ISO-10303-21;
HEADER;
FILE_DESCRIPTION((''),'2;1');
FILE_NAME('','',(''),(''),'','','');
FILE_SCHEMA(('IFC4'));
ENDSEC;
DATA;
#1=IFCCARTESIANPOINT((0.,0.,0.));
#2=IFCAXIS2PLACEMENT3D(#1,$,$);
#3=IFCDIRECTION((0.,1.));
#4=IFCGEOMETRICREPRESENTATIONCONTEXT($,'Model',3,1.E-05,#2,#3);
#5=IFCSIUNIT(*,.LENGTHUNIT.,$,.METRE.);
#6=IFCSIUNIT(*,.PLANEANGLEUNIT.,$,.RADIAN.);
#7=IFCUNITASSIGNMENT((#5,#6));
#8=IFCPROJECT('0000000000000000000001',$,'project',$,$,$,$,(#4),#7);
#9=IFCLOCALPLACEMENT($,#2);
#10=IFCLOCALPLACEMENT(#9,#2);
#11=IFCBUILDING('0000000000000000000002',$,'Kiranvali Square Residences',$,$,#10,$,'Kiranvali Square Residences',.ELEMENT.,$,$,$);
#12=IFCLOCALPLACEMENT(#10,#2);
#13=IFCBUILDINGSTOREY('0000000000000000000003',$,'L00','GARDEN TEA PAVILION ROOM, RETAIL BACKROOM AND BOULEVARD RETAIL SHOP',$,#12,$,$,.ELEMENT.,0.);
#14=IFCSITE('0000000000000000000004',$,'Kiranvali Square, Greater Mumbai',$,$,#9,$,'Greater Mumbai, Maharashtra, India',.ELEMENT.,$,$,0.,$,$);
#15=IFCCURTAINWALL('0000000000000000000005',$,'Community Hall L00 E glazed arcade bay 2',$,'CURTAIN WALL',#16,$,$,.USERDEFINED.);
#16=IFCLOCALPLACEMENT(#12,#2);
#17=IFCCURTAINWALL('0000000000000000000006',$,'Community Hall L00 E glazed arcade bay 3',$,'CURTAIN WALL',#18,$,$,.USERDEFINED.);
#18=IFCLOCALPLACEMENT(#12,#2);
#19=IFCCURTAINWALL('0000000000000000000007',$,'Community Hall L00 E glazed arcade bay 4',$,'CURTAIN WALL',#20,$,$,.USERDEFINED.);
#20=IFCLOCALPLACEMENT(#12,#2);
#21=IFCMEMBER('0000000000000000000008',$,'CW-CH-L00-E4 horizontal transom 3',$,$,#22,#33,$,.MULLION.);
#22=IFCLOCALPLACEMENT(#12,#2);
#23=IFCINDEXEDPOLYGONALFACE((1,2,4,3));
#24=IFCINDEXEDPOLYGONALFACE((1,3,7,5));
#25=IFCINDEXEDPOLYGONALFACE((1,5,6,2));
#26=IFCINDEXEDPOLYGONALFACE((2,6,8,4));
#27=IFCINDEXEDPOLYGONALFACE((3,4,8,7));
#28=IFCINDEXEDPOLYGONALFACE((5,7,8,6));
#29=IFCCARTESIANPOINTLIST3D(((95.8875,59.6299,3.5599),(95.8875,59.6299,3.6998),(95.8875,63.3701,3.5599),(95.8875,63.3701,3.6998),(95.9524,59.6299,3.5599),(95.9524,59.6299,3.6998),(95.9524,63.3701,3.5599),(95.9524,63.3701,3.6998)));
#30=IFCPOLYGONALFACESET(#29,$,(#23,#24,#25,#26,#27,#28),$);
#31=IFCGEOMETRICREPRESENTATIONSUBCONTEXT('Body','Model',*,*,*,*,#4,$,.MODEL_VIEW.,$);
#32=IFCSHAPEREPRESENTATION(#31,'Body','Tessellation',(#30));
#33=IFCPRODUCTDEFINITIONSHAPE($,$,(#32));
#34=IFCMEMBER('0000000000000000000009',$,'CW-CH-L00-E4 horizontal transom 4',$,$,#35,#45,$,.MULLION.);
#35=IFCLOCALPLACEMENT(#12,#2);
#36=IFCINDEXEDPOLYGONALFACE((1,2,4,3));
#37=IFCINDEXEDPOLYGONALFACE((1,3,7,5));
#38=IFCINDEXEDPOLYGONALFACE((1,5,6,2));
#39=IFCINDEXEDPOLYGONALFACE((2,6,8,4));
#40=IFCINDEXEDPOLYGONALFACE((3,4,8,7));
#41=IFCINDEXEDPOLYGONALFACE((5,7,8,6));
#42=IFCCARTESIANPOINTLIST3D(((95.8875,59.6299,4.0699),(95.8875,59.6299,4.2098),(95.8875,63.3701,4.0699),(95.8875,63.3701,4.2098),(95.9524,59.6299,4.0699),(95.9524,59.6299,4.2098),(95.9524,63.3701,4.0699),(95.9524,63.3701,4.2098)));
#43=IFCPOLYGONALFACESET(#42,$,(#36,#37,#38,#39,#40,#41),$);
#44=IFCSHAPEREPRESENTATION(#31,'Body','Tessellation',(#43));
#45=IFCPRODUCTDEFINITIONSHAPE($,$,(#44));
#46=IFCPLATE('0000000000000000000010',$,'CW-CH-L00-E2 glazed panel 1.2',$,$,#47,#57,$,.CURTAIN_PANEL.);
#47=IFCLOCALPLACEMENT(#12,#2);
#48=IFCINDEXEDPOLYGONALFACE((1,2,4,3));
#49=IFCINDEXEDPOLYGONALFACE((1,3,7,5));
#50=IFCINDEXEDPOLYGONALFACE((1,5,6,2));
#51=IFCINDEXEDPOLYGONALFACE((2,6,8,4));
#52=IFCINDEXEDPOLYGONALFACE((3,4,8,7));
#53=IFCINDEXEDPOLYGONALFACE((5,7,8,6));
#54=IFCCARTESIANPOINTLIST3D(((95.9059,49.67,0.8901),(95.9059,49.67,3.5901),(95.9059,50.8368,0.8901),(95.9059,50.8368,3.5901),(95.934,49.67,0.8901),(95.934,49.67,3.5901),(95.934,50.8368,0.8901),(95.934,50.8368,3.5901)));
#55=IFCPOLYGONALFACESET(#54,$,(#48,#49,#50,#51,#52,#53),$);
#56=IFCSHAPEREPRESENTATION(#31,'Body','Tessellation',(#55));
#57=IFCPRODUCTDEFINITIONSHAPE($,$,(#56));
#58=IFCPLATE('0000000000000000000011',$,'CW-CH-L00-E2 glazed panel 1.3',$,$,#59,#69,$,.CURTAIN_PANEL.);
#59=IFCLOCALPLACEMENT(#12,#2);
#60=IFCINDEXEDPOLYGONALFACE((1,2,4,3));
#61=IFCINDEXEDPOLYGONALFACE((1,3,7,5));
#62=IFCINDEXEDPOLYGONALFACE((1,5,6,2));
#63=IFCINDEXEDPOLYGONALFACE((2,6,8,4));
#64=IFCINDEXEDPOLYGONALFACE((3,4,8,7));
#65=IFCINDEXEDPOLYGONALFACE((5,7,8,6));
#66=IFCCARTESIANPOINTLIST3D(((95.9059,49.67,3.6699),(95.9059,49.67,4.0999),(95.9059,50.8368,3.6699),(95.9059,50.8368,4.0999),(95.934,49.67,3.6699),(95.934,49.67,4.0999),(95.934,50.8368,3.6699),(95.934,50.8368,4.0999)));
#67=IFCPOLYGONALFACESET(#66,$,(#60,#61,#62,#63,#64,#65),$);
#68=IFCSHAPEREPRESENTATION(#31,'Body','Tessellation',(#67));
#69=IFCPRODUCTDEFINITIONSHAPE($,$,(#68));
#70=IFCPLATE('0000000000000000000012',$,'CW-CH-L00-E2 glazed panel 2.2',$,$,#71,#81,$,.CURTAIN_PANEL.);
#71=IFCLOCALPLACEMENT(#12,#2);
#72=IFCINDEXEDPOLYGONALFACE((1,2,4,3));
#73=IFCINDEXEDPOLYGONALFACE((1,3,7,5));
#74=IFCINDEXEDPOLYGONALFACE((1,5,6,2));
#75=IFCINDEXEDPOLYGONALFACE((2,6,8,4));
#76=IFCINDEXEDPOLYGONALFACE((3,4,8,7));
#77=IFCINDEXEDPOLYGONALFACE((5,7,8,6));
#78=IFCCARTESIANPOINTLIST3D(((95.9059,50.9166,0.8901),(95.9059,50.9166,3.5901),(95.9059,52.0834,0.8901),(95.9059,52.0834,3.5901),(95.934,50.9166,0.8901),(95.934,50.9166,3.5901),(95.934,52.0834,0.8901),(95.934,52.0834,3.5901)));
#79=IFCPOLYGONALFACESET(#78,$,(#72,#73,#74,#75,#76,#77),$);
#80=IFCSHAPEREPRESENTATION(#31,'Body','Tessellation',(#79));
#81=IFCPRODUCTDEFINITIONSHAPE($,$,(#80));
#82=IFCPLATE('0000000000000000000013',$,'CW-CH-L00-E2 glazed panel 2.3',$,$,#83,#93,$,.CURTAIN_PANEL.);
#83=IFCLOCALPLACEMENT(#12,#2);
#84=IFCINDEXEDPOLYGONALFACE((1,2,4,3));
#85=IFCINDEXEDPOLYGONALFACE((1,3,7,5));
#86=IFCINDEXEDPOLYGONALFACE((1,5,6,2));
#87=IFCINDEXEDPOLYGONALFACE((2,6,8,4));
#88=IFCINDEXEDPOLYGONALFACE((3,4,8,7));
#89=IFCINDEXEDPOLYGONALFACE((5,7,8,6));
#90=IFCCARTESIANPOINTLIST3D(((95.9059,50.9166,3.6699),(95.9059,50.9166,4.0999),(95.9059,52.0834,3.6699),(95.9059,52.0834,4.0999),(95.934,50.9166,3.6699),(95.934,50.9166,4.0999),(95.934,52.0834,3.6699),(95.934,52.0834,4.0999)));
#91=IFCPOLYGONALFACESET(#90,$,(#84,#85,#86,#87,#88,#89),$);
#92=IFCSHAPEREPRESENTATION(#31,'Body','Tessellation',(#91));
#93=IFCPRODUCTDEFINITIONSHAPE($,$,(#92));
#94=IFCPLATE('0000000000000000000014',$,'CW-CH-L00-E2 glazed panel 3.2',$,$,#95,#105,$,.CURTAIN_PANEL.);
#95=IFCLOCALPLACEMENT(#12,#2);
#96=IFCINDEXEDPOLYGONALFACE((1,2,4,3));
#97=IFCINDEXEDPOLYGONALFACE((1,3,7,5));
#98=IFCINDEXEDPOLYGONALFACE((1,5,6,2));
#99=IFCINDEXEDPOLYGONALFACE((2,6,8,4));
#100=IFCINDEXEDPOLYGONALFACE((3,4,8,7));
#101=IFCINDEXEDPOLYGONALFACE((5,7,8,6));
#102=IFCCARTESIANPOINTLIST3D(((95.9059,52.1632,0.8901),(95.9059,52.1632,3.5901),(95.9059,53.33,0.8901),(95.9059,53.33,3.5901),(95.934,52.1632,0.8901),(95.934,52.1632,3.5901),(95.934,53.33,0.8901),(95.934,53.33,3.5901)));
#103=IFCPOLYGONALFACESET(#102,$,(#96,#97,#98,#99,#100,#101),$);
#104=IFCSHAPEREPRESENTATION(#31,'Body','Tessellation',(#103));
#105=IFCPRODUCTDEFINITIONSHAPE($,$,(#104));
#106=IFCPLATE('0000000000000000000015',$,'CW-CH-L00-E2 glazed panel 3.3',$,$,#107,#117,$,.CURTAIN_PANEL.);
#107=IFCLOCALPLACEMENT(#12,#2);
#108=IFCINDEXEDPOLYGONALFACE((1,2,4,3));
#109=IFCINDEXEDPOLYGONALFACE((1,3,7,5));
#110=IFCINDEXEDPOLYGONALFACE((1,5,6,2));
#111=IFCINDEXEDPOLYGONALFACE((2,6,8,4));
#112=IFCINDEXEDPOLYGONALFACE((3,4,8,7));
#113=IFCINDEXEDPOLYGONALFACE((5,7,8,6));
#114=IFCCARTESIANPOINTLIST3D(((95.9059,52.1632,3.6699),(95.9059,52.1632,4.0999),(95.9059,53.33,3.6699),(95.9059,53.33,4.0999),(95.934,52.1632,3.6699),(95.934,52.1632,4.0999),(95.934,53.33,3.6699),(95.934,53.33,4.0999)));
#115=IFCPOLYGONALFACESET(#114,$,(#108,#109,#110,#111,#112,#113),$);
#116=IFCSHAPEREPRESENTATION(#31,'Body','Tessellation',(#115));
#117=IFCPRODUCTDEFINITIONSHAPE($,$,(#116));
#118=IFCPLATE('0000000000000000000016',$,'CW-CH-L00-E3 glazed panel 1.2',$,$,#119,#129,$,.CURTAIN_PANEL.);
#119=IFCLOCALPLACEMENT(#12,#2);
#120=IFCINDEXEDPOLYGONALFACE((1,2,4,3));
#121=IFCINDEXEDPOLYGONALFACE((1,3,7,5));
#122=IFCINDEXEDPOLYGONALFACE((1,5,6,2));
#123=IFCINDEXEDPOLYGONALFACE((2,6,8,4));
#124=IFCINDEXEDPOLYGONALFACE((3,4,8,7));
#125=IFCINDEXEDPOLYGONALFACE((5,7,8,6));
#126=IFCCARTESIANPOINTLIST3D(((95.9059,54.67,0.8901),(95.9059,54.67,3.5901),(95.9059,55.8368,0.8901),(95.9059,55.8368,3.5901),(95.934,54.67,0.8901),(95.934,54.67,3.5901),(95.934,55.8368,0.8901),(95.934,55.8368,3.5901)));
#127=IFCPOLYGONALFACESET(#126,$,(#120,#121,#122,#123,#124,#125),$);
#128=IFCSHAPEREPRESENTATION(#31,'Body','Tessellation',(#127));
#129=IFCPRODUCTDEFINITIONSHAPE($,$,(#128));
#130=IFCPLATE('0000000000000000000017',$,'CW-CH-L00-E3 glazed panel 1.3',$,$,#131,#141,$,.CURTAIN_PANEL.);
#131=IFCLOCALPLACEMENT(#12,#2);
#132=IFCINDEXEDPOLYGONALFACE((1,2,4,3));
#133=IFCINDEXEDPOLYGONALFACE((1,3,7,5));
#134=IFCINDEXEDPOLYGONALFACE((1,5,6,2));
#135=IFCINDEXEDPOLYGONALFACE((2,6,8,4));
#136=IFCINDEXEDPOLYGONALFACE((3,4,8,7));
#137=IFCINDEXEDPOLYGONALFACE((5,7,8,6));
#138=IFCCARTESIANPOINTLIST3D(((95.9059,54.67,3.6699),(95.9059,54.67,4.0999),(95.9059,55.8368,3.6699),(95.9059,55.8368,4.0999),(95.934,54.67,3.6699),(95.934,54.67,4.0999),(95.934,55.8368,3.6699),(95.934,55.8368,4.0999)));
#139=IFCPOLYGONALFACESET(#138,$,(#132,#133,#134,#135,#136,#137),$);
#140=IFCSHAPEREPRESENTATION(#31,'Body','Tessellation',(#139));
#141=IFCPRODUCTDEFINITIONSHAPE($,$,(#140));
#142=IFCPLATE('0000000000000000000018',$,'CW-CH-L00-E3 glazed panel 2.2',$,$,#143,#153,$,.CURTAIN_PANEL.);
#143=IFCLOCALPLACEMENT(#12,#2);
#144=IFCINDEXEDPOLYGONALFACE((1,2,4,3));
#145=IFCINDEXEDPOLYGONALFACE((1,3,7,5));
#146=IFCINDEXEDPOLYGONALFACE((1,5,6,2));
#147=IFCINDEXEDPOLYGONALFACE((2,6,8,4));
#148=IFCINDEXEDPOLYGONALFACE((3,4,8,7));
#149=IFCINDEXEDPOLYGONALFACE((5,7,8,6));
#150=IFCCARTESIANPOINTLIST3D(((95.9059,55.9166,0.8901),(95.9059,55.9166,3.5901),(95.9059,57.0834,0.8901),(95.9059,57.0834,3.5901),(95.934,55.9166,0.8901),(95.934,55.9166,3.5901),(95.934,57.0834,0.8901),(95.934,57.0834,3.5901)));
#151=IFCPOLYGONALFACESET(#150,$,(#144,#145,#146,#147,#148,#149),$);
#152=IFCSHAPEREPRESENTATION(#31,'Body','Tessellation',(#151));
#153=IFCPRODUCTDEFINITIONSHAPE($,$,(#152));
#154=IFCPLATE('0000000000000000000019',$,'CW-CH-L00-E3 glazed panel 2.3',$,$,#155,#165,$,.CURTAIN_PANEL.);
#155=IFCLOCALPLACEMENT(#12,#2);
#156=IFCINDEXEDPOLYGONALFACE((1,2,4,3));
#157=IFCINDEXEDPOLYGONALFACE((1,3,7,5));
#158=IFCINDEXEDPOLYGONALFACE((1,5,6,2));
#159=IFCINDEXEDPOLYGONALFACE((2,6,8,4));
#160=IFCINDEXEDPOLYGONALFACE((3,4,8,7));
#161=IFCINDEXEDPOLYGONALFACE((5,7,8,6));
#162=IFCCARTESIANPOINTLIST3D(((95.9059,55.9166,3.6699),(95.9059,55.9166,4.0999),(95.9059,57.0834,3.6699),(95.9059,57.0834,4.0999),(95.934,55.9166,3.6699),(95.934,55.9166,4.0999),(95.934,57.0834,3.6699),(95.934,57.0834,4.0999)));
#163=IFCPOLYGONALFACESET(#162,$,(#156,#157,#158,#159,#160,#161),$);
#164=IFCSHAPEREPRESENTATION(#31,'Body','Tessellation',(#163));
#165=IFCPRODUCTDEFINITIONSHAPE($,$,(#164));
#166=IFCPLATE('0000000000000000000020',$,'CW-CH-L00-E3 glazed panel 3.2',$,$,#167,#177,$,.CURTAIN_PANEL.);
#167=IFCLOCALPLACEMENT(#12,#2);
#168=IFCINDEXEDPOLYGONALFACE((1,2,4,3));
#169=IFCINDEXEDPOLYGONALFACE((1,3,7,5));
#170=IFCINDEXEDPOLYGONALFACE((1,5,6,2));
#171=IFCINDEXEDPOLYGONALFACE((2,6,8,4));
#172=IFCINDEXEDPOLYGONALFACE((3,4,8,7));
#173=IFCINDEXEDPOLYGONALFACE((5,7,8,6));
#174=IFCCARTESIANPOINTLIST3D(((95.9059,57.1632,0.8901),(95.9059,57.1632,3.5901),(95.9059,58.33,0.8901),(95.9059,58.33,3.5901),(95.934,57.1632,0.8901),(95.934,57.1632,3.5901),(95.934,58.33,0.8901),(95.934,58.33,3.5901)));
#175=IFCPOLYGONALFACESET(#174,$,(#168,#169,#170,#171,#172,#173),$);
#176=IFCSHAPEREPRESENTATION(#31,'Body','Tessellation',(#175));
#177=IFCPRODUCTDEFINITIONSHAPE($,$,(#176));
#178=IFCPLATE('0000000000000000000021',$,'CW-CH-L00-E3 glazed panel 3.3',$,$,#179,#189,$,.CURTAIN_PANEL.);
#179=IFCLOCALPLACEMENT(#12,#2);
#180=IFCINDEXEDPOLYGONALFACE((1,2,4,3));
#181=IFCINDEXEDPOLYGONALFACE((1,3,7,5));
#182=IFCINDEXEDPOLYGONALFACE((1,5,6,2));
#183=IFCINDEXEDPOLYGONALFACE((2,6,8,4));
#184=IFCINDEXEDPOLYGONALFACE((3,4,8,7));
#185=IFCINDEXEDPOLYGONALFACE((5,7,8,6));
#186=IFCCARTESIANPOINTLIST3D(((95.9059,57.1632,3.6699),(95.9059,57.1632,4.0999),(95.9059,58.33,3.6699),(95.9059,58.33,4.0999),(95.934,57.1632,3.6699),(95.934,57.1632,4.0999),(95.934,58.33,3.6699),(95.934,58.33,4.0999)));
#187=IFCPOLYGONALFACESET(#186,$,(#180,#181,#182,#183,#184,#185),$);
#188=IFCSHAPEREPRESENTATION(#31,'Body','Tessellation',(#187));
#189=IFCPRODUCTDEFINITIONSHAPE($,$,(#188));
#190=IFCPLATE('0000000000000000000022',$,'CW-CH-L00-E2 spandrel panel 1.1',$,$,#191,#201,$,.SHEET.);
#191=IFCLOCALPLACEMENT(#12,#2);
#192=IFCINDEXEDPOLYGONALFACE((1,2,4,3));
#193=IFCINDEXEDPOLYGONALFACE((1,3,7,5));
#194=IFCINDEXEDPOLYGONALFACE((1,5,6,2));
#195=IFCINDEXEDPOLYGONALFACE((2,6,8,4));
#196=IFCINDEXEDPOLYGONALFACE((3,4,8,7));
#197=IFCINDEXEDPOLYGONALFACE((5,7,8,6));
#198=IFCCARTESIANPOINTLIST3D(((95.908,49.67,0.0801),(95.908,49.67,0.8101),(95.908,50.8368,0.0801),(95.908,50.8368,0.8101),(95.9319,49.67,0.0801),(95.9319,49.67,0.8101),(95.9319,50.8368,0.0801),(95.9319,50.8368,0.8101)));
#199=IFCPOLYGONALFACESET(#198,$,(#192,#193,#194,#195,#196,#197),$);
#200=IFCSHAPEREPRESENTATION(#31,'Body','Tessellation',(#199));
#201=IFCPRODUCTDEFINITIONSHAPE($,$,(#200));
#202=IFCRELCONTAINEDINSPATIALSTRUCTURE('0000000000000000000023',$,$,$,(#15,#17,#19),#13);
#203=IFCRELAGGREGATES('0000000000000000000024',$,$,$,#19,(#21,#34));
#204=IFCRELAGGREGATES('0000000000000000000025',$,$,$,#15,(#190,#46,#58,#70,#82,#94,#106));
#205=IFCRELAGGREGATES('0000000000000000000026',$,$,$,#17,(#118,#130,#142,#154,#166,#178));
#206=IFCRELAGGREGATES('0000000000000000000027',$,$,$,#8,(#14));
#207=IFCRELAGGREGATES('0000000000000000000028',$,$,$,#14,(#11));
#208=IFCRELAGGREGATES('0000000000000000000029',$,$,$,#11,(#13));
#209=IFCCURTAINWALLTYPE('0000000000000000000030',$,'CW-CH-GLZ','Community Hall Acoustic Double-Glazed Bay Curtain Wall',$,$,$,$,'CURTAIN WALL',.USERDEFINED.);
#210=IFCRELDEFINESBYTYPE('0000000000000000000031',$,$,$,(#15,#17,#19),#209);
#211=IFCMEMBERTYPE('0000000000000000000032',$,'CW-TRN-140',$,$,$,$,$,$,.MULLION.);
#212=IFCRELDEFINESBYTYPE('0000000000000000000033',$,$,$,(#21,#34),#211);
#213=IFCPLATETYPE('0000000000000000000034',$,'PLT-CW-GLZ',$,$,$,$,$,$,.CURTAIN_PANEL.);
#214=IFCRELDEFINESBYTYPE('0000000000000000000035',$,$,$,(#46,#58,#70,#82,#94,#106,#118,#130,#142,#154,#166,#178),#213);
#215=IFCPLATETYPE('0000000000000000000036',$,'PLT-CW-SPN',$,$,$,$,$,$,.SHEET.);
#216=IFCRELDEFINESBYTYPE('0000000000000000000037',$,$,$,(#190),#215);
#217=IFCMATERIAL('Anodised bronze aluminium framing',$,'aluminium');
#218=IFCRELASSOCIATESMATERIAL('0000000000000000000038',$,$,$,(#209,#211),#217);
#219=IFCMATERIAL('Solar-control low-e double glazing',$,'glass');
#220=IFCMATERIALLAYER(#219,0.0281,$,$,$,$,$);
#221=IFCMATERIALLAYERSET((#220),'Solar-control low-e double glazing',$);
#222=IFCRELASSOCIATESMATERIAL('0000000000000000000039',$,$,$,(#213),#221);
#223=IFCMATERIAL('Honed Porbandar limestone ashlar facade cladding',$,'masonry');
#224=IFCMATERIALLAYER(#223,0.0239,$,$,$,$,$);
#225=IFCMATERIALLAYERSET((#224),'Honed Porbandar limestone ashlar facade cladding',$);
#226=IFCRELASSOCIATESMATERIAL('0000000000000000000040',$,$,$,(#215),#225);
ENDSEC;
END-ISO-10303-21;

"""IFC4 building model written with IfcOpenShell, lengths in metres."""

from ifc_helpers import new_model, si_unit, direction, frame, origin, origin_2d, place, context, subcontext, project, spatial, rectangle, extrude, material, layer, layer_set, material_profile, profile_set, type_object, element, aggregate, save


model = new_model("IFC4")

# Units and contexts
model_context = context("Model", 3, precision=1e-05, world=origin(), true_north=direction((0.0, 1.0)))
body_context = subcontext(model_context, "Body", "Model", "MODEL_VIEW")
ifc_project = project(units=[si_unit("LENGTHUNIT", "METRE"), si_unit("PLANEANGLEUNIT", "RADIAN")], contexts=[model_context])

# Site, building, storey
site_placement = place(None, origin())
site = spatial("IfcSite", under=ifc_project, at=site_placement, Name="Kiranvali Square, Greater Mumbai", LongName="Greater Mumbai, Maharashtra, India", CompositionType="ELEMENT", RefElevation=0.0)
building_placement = place(site_placement, origin())
building = spatial("IfcBuilding", under=site, at=building_placement, Name="Kiranvali Square Residences", LongName="Kiranvali Square Residences", CompositionType="ELEMENT")
storey_placement = place(building_placement, origin())
storey = spatial("IfcBuildingStorey", under=building, at=storey_placement, Name="L00", Description="GARDEN TEA PAVILION ROOM, RETAIL BACKROOM AND BOULEVARD RETAIL SHOP", CompositionType="ELEMENT", Elevation=0.0)

# Curtain walls
ifc_material_1 = material(Name="Anodised bronze aluminium framing", Category="aluminium")
curtain_wall_type = type_object("IfcCurtainWallType", Name="CW-CH-GLZ", Description="Community Hall Acoustic Double-Glazed Bay Curtain Wall", ElementType="CURTAIN WALL", PredefinedType="USERDEFINED", material=ifc_material_1)
curtain_wall_1_placement = place(storey_placement, origin())
curtain_wall_1 = element("IfcCurtainWall", 1, at=curtain_wall_1_placement, inside=storey, type_object=curtain_wall_type, Name="Community Hall L00 E glazed arcade bay 2", ObjectType="CURTAIN WALL", PredefinedType="USERDEFINED")
curtain_wall_2_placement = place(storey_placement, origin())
curtain_wall_2 = element("IfcCurtainWall", 2, at=curtain_wall_2_placement, inside=storey, type_object=curtain_wall_type, Name="Community Hall L00 E glazed arcade bay 3", ObjectType="CURTAIN WALL", PredefinedType="USERDEFINED")

# Curtain wall
curtain_wall_3_placement = place(storey_placement, origin())
curtain_wall_3 = element("IfcCurtainWall", 3, at=curtain_wall_3_placement, inside=storey, type_object=curtain_wall_type, Name="Community Hall L00 E glazed arcade bay 4", ObjectType="CURTAIN WALL", PredefinedType="USERDEFINED")

# Members
ifc_material_profile_1 = material_profile(ifc_material_1, rectangle(XDim=0.0649, YDim=0.1399, at=origin_2d()), Name="ALU 65x140")
ifc_profile_set_1 = profile_set([ifc_material_profile_1], Name="Anodised bronze aluminium framing")
member_type_1 = type_object("IfcMemberType", Name="CW-TRN-140", PredefinedType="MULLION", material=ifc_profile_set_1)
member_1_placement = place(storey_placement, frame((95.9199, 59.6299, 3.6299), z_axis=(0.0, 1.0, 0.0), x_axis=(-1.0, 0.0, 0.0)))
member_1 = element("IfcMember", 4, at=member_1_placement, type_object=member_type_1, Name="CW-CH-L00-E4 horizontal transom 3", PredefinedType="MULLION", context=body_context, shape_type="SweptSolid", body=[
    extrude(rectangle(XDim=0.0649, YDim=0.1399, at=origin_2d()), origin(), (0.0, 0.0, 1.0), 3.7402),
])
member_2_placement = place(storey_placement, frame((95.9199, 59.6299, 4.1399), z_axis=(0.0, 1.0, 0.0), x_axis=(-1.0, 0.0, 0.0)))
member_2 = element("IfcMember", 5, at=member_2_placement, type_object=member_type_1, Name="CW-CH-L00-E4 horizontal transom 4", PredefinedType="MULLION", context=body_context, shape_type="SweptSolid", body=[
    extrude(rectangle(XDim=0.0649, YDim=0.1399, at=origin_2d()), origin(), (0.0, 0.0, 1.0), 3.7402),
])
aggregate(curtain_wall_3, [member_1, member_2])

# Plates
ifc_material_2 = material(Name="Solar-control low-e double glazing", Category="glass")
ifc_layer_1 = layer(ifc_material_2, 0.0281)
ifc_layer_set_1 = layer_set([ifc_layer_1], Name="Solar-control low-e double glazing")
plate_type_1 = type_object("IfcPlateType", Name="PLT-CW-GLZ", PredefinedType="CURTAIN_PANEL", material=ifc_layer_set_1)
plate_1_placement = place(storey_placement, frame((95.9199, 50.2534, 0.8901), z_axis=(0.0, 0.0, 1.0), x_axis=(0.0, 1.0, 0.0)))
plate_1 = element("IfcPlate", 6, at=plate_1_placement, type_object=plate_type_1, Name="CW-CH-L00-E2 glazed panel 1.2", PredefinedType="CURTAIN_PANEL", context=body_context, shape_type="SweptSolid", body=[
    extrude(rectangle(XDim=1.1667, YDim=0.0281, at=origin_2d()), origin(), (0.0, 0.0, 1.0), 2.7),
])
plate_2_placement = place(storey_placement, frame((95.9199, 50.2534, 3.6699), z_axis=(0.0, 0.0, 1.0), x_axis=(0.0, 1.0, 0.0)))
plate_2 = element("IfcPlate", 7, at=plate_2_placement, type_object=plate_type_1, Name="CW-CH-L00-E2 glazed panel 1.3", PredefinedType="CURTAIN_PANEL", context=body_context, shape_type="SweptSolid", body=[
    extrude(rectangle(XDim=1.1667, YDim=0.0281, at=origin_2d()), origin(), (0.0, 0.0, 1.0), 0.4299),
])
plate_3_placement = place(storey_placement, frame((95.9199, 51.5, 0.8901), z_axis=(0.0, 0.0, 1.0), x_axis=(0.0, 1.0, 0.0)))
plate_3 = element("IfcPlate", 8, at=plate_3_placement, type_object=plate_type_1, Name="CW-CH-L00-E2 glazed panel 2.2", PredefinedType="CURTAIN_PANEL", context=body_context, shape_type="SweptSolid", body=[
    extrude(rectangle(XDim=1.1667, YDim=0.0281, at=origin_2d()), origin(), (0.0, 0.0, 1.0), 2.7),
])
plate_4_placement = place(storey_placement, frame((95.9199, 51.5, 3.6699), z_axis=(0.0, 0.0, 1.0), x_axis=(0.0, 1.0, 0.0)))
plate_4 = element("IfcPlate", 9, at=plate_4_placement, type_object=plate_type_1, Name="CW-CH-L00-E2 glazed panel 2.3", PredefinedType="CURTAIN_PANEL", context=body_context, shape_type="SweptSolid", body=[
    extrude(rectangle(XDim=1.1667, YDim=0.0281, at=origin_2d()), origin(), (0.0, 0.0, 1.0), 0.4299),
])
plate_5_placement = place(storey_placement, frame((95.9199, 52.7466, 0.8901), z_axis=(0.0, 0.0, 1.0), x_axis=(0.0, 1.0, 0.0)))
plate_5 = element("IfcPlate", 10, at=plate_5_placement, type_object=plate_type_1, Name="CW-CH-L00-E2 glazed panel 3.2", PredefinedType="CURTAIN_PANEL", context=body_context, shape_type="SweptSolid", body=[
    extrude(rectangle(XDim=1.1667, YDim=0.0281, at=origin_2d()), origin(), (0.0, 0.0, 1.0), 2.7),
])
plate_6_placement = place(storey_placement, frame((95.9199, 52.7466, 3.6699), z_axis=(0.0, 0.0, 1.0), x_axis=(0.0, 1.0, 0.0)))
plate_6 = element("IfcPlate", 11, at=plate_6_placement, type_object=plate_type_1, Name="CW-CH-L00-E2 glazed panel 3.3", PredefinedType="CURTAIN_PANEL", context=body_context, shape_type="SweptSolid", body=[
    extrude(rectangle(XDim=1.1667, YDim=0.0281, at=origin_2d()), origin(), (0.0, 0.0, 1.0), 0.4299),
])
plate_7_placement = place(storey_placement, frame((95.9199, 55.2534, 0.8901), z_axis=(0.0, 0.0, 1.0), x_axis=(0.0, 1.0, 0.0)))
plate_7 = element("IfcPlate", 12, at=plate_7_placement, type_object=plate_type_1, Name="CW-CH-L00-E3 glazed panel 1.2", PredefinedType="CURTAIN_PANEL", context=body_context, shape_type="SweptSolid", body=[
    extrude(rectangle(XDim=1.1667, YDim=0.0281, at=origin_2d()), origin(), (0.0, 0.0, 1.0), 2.7),
])
plate_8_placement = place(storey_placement, frame((95.9199, 55.2534, 3.6699), z_axis=(0.0, 0.0, 1.0), x_axis=(0.0, 1.0, 0.0)))
plate_8 = element("IfcPlate", 13, at=plate_8_placement, type_object=plate_type_1, Name="CW-CH-L00-E3 glazed panel 1.3", PredefinedType="CURTAIN_PANEL", context=body_context, shape_type="SweptSolid", body=[
    extrude(rectangle(XDim=1.1667, YDim=0.0281, at=origin_2d()), origin(), (0.0, 0.0, 1.0), 0.4299),
])
plate_9_placement = place(storey_placement, frame((95.9199, 56.5, 0.8901), z_axis=(0.0, 0.0, 1.0), x_axis=(0.0, 1.0, 0.0)))
plate_9 = element("IfcPlate", 14, at=plate_9_placement, type_object=plate_type_1, Name="CW-CH-L00-E3 glazed panel 2.2", PredefinedType="CURTAIN_PANEL", context=body_context, shape_type="SweptSolid", body=[
    extrude(rectangle(XDim=1.1667, YDim=0.0281, at=origin_2d()), origin(), (0.0, 0.0, 1.0), 2.7),
])
plate_10_placement = place(storey_placement, frame((95.9199, 56.5, 3.6699), z_axis=(0.0, 0.0, 1.0), x_axis=(0.0, 1.0, 0.0)))
plate_10 = element("IfcPlate", 15, at=plate_10_placement, type_object=plate_type_1, Name="CW-CH-L00-E3 glazed panel 2.3", PredefinedType="CURTAIN_PANEL", context=body_context, shape_type="SweptSolid", body=[
    extrude(rectangle(XDim=1.1667, YDim=0.0281, at=origin_2d()), origin(), (0.0, 0.0, 1.0), 0.4299),
])
plate_11_placement = place(storey_placement, frame((95.9199, 57.7466, 0.8901), z_axis=(0.0, 0.0, 1.0), x_axis=(0.0, 1.0, 0.0)))
plate_11 = element("IfcPlate", 16, at=plate_11_placement, type_object=plate_type_1, Name="CW-CH-L00-E3 glazed panel 3.2", PredefinedType="CURTAIN_PANEL", context=body_context, shape_type="SweptSolid", body=[
    extrude(rectangle(XDim=1.1667, YDim=0.0281, at=origin_2d()), origin(), (0.0, 0.0, 1.0), 2.7),
])
plate_12_placement = place(storey_placement, frame((95.9199, 57.7466, 3.6699), z_axis=(0.0, 0.0, 1.0), x_axis=(0.0, 1.0, 0.0)))
plate_12 = element("IfcPlate", 17, at=plate_12_placement, type_object=plate_type_1, Name="CW-CH-L00-E3 glazed panel 3.3", PredefinedType="CURTAIN_PANEL", context=body_context, shape_type="SweptSolid", body=[
    extrude(rectangle(XDim=1.1667, YDim=0.0281, at=origin_2d()), origin(), (0.0, 0.0, 1.0), 0.4299),
])
ifc_material_3 = material(Name="Honed Porbandar limestone ashlar facade cladding", Category="masonry")
ifc_layer_2 = layer(ifc_material_3, 0.0239)
ifc_layer_set_2 = layer_set([ifc_layer_2], Name="Honed Porbandar limestone ashlar facade cladding")
plate_type_2 = type_object("IfcPlateType", Name="PLT-CW-SPN", PredefinedType="SHEET", material=ifc_layer_set_2)
plate_13_placement = place(storey_placement, frame((95.9199, 50.2534, 0.0801), z_axis=(0.0, 0.0, 1.0), x_axis=(0.0, 1.0, 0.0)))
plate_13 = element("IfcPlate", 18, at=plate_13_placement, type_object=plate_type_2, Name="CW-CH-L00-E2 spandrel panel 1.1", PredefinedType="SHEET", context=body_context, shape_type="SweptSolid", body=[
    extrude(rectangle(XDim=1.1667, YDim=0.0239, at=origin_2d()), origin(), (0.0, 0.0, 1.0), 0.73),
])
aggregate(curtain_wall_1, [plate_13, plate_1, plate_2, plate_3, plate_4, plate_5, plate_6])
aggregate(curtain_wall_2, [plate_7, plate_8, plate_9, plate_10, plate_11, plate_12])

save(model, "model.ifc")
